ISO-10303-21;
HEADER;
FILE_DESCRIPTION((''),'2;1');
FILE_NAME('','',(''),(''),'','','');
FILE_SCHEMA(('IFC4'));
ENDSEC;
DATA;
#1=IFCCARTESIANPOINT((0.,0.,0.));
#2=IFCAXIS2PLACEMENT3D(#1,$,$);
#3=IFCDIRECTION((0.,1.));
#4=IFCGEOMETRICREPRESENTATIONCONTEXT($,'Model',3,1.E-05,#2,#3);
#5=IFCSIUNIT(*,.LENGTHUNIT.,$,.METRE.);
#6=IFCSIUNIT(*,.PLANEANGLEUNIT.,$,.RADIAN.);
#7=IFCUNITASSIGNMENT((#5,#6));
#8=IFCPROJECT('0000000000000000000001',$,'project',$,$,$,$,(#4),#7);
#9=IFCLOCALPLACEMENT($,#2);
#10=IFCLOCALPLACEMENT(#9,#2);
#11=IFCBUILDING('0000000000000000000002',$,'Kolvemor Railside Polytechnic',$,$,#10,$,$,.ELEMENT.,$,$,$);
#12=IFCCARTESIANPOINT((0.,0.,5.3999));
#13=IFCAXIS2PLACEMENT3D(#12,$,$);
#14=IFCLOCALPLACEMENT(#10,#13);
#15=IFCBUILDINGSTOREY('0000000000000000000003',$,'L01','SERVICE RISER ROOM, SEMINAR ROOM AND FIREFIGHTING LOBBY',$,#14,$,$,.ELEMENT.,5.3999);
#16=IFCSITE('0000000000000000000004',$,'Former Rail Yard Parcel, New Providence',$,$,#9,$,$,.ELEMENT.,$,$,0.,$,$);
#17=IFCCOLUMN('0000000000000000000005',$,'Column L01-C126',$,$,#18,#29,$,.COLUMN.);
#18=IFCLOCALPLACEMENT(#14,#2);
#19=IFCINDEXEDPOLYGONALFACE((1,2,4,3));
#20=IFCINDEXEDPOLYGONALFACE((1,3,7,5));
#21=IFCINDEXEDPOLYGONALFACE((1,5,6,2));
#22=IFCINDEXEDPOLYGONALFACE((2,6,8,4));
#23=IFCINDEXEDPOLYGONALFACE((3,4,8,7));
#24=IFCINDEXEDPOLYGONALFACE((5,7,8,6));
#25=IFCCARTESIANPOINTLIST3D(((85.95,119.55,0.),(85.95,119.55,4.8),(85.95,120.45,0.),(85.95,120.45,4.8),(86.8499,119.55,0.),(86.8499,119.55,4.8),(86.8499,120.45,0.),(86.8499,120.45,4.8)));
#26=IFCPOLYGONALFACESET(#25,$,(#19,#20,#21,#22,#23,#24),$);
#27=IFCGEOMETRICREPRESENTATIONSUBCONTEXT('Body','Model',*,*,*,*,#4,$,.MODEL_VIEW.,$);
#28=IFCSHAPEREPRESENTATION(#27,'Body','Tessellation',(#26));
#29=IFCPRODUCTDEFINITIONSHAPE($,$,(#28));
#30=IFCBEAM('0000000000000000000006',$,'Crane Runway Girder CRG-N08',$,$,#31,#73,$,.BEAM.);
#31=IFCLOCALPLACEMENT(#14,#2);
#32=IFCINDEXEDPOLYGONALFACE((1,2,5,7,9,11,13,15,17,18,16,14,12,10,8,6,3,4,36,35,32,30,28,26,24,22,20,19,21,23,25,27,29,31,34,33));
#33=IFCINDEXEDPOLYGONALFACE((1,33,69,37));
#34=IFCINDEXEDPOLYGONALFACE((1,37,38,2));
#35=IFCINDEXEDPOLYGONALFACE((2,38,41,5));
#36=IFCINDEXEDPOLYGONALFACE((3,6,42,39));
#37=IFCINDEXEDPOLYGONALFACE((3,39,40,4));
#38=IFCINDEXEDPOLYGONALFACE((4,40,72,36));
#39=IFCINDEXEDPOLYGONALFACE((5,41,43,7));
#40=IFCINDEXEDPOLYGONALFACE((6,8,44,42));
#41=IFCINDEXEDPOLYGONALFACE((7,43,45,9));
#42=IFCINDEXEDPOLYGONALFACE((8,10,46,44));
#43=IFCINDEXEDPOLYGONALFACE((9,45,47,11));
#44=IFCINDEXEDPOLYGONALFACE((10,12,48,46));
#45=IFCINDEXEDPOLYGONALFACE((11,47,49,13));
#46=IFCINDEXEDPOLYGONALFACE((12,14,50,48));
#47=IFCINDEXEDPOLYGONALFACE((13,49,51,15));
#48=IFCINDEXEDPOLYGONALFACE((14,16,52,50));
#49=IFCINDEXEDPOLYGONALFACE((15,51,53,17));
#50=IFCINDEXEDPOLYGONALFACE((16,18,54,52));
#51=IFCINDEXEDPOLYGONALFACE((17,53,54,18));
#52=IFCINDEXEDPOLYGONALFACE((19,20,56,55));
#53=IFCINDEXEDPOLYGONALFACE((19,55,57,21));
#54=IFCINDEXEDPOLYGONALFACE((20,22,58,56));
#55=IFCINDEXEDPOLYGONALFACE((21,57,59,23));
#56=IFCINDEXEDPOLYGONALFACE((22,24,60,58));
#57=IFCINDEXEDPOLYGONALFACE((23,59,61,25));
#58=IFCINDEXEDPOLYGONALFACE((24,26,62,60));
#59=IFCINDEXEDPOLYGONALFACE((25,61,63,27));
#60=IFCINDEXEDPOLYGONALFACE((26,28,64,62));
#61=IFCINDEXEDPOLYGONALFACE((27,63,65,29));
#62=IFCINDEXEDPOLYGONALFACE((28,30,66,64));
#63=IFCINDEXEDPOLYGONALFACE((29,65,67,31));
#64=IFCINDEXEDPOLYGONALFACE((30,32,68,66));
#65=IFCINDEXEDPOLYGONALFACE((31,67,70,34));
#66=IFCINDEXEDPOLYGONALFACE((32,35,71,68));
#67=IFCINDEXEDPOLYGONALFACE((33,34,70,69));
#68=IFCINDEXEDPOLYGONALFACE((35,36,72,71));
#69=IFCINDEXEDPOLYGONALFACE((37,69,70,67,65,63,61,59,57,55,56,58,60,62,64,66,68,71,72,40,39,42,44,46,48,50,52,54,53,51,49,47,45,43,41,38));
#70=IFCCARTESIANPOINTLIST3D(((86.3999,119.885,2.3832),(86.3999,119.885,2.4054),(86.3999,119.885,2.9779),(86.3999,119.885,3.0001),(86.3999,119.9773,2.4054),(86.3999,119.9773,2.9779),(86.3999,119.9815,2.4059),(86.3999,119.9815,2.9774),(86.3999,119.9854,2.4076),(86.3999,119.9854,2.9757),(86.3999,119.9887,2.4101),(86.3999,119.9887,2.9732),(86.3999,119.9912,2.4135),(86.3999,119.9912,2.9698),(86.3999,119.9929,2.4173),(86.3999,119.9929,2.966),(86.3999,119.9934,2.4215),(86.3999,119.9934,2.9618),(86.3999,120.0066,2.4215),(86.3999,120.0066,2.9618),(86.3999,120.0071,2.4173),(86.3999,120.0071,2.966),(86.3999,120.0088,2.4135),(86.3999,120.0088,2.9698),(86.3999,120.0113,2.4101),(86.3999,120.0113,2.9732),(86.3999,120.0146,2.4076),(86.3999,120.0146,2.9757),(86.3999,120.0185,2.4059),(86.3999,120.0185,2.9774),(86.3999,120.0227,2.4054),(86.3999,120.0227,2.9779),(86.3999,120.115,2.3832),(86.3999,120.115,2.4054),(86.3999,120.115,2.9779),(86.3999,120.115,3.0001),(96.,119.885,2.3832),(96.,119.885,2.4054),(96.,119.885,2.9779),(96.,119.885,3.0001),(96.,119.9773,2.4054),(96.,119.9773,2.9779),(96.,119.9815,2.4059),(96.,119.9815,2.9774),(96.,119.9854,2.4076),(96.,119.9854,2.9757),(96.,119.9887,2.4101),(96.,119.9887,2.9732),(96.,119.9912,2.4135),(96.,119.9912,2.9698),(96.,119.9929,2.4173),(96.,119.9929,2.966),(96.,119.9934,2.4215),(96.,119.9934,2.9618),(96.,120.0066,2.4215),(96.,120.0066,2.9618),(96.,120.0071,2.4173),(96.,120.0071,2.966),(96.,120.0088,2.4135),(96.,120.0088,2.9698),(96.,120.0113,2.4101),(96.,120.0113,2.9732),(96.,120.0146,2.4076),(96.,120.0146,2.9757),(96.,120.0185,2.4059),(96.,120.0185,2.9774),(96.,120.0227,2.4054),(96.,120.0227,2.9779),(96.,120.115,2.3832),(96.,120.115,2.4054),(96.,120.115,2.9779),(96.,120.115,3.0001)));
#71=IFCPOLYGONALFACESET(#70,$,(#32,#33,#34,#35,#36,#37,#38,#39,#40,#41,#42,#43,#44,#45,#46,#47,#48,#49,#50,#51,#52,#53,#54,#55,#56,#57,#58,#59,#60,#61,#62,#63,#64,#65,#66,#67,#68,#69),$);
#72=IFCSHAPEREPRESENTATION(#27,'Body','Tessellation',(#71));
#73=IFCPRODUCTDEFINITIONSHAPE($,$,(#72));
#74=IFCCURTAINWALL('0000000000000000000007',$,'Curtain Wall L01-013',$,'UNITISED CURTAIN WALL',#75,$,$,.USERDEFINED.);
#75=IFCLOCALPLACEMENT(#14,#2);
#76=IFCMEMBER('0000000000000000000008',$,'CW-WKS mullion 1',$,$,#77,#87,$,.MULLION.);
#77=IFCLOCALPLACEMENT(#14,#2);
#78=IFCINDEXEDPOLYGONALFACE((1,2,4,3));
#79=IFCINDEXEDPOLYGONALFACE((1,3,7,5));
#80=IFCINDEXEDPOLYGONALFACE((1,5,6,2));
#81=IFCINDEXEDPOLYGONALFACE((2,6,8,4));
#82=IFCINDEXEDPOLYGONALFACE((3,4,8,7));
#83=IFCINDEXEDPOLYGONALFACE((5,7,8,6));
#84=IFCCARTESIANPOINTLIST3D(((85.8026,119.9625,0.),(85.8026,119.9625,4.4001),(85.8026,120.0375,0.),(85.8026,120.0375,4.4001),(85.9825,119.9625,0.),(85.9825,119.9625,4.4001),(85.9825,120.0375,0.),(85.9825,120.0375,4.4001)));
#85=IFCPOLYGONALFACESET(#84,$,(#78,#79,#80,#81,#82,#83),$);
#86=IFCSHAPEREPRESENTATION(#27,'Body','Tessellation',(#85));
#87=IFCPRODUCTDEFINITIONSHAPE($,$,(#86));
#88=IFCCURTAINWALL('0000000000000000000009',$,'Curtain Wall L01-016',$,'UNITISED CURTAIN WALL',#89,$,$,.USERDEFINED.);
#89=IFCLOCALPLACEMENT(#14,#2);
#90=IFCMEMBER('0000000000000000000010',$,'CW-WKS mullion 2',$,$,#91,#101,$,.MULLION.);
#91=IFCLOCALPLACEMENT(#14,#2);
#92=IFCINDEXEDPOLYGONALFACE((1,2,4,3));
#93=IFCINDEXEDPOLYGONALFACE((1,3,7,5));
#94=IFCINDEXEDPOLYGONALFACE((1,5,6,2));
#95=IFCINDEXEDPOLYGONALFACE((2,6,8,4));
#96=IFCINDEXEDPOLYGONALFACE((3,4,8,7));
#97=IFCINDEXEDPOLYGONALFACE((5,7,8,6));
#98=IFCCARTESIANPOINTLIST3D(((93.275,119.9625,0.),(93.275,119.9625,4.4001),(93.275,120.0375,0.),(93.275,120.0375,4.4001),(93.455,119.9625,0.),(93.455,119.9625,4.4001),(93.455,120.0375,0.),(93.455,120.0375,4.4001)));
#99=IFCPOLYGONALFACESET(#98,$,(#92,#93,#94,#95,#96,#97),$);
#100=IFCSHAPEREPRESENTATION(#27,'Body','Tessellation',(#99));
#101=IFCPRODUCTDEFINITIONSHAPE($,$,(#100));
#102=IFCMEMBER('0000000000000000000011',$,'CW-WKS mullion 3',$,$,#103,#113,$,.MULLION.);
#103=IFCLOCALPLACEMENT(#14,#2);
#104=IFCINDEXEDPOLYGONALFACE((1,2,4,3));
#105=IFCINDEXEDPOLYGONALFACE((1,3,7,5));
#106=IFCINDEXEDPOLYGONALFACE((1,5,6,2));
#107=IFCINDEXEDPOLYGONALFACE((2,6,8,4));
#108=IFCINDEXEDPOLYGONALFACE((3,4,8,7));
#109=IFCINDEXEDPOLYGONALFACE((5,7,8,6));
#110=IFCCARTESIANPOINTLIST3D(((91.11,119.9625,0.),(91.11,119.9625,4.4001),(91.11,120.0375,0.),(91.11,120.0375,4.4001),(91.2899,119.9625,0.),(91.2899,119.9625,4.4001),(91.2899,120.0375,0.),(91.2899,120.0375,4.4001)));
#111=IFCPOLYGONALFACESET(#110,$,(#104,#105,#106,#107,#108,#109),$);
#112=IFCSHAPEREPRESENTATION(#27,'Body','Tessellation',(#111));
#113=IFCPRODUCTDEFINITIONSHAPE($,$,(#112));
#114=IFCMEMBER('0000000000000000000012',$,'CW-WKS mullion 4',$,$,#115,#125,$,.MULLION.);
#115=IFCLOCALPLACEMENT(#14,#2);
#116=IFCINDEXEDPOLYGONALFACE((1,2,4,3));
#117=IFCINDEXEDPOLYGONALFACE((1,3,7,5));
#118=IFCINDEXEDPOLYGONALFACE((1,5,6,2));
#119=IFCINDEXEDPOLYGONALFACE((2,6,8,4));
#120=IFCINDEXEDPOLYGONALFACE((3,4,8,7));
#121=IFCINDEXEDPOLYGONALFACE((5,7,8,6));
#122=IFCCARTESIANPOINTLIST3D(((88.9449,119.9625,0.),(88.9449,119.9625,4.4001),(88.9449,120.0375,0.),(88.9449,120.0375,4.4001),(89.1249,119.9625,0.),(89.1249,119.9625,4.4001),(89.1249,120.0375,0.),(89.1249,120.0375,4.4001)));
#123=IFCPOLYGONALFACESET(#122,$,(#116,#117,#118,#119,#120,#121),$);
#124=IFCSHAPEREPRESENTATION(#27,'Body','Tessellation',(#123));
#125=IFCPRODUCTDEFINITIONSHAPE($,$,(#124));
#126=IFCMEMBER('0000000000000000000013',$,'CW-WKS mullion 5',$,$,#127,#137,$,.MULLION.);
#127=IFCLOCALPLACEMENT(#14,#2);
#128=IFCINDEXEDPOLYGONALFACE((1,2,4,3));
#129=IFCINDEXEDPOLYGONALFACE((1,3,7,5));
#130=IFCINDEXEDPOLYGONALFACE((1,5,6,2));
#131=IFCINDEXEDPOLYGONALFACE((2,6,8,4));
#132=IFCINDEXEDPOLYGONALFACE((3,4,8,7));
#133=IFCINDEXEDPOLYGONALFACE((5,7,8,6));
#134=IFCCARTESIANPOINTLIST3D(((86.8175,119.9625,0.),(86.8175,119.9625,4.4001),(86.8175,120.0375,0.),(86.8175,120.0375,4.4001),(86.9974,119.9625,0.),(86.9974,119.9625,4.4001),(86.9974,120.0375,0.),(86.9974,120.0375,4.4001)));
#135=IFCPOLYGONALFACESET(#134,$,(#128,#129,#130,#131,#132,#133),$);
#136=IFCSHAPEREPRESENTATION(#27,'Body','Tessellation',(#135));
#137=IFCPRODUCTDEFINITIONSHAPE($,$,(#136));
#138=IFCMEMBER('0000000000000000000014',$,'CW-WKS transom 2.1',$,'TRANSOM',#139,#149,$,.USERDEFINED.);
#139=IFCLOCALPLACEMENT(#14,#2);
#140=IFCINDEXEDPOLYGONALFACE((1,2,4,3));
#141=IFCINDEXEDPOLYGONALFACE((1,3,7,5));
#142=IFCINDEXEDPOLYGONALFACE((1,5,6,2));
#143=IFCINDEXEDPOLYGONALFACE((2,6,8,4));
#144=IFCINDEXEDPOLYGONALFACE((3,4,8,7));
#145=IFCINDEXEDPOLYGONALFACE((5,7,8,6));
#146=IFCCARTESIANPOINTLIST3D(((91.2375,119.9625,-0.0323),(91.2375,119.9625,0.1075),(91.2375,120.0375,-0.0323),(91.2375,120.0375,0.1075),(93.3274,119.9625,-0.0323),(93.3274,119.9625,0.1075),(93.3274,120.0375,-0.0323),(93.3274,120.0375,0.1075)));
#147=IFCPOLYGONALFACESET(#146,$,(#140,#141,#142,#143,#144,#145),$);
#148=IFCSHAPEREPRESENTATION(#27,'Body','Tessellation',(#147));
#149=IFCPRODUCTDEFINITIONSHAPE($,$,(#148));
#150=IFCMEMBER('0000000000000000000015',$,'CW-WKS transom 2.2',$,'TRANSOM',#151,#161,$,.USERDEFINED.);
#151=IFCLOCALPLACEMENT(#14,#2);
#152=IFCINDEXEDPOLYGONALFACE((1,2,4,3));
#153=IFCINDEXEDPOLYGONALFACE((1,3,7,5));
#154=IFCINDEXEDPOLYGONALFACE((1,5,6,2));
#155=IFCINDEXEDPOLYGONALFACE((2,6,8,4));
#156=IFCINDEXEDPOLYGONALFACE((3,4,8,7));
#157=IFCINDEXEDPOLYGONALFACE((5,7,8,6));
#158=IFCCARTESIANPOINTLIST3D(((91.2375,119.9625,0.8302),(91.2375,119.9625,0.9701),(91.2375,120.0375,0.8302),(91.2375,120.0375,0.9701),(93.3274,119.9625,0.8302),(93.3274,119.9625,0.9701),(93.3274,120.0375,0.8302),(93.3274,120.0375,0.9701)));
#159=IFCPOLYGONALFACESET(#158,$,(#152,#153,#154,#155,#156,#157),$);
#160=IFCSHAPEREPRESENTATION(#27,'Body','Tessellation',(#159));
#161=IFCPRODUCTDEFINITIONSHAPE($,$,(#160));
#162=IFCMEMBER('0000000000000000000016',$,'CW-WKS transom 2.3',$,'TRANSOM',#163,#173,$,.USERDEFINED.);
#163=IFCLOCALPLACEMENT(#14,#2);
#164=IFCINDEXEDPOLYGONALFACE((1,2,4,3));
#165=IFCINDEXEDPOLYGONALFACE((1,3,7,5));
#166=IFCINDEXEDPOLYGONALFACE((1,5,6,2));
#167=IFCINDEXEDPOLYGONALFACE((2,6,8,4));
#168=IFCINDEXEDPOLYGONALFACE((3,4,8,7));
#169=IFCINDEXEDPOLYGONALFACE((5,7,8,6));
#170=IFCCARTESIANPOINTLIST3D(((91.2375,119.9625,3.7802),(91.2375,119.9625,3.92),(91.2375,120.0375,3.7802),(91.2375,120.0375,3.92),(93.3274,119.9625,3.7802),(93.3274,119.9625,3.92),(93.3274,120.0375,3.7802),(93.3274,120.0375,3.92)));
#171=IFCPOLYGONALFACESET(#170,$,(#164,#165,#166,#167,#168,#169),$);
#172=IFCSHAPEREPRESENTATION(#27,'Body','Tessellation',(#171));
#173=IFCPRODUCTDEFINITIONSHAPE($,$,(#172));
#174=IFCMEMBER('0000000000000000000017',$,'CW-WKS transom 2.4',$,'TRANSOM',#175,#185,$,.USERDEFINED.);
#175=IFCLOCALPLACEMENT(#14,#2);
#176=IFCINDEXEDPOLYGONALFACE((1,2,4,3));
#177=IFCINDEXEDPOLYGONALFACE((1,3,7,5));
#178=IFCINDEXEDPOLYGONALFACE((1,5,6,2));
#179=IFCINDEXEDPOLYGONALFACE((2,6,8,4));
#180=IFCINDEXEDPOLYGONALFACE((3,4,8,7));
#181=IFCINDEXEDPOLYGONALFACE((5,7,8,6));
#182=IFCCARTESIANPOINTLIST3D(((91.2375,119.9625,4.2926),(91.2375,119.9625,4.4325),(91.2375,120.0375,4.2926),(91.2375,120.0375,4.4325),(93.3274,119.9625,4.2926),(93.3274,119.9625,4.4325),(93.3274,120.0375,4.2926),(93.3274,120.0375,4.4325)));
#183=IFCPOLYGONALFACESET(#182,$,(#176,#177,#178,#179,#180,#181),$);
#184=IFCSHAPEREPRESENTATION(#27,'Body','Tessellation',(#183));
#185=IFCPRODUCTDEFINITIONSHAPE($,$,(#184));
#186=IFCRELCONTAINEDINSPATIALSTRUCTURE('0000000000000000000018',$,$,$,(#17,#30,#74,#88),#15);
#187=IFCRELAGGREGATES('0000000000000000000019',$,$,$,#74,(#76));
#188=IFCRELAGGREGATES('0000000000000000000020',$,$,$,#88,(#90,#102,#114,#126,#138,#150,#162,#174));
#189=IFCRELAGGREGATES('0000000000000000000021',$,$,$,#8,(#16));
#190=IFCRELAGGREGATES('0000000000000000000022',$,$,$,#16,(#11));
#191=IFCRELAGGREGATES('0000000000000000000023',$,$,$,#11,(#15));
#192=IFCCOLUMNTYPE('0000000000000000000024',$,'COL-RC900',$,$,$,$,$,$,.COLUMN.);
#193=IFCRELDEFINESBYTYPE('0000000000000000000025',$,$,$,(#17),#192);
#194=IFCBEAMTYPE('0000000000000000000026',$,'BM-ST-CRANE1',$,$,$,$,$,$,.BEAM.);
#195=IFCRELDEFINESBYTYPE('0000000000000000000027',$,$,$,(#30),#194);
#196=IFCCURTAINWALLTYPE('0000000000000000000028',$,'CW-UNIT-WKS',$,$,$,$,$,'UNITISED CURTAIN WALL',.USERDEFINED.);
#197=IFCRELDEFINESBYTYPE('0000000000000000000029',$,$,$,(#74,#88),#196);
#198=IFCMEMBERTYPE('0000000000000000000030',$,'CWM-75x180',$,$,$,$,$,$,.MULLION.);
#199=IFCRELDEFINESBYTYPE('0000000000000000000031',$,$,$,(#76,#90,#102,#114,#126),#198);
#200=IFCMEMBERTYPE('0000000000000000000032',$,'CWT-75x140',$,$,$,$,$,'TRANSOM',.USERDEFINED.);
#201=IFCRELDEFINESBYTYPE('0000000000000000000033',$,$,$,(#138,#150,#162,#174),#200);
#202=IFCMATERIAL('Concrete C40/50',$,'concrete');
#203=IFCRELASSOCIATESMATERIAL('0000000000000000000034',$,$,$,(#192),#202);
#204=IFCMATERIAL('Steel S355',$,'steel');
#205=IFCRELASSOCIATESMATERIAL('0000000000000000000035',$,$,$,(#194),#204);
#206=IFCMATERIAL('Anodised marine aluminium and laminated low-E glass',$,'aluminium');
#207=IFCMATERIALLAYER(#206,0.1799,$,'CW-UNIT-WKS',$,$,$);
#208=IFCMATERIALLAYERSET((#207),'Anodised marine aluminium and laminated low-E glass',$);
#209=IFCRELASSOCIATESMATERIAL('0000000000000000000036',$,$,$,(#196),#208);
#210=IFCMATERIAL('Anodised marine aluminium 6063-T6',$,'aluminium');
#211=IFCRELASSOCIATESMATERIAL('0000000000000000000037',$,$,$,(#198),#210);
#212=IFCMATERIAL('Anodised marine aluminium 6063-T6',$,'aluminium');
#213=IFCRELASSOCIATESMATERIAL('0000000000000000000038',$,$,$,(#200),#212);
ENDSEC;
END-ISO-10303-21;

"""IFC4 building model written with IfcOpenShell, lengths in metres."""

from ifc_helpers import new_model, si_unit, direction, frame, origin, origin_2d, place, context, subcontext, project, spatial, rectangle, i_section, extrude, material, layer, layer_set, material_profile, profile_set, type_object, element, aggregate, save


model = new_model("IFC4")

# Units and contexts
model_context = context("Model", 3, precision=1e-05, world=origin(), true_north=direction((0.0, 1.0)))
body_context = subcontext(model_context, "Body", "Model", "MODEL_VIEW")
ifc_project = project(units=[si_unit("LENGTHUNIT", "METRE"), si_unit("PLANEANGLEUNIT", "RADIAN")], contexts=[model_context])

# Site, building, storey
site_placement = place(None, origin())
site = spatial("IfcSite", under=ifc_project, at=site_placement, Name="Former Rail Yard Parcel, New Providence", CompositionType="ELEMENT", RefElevation=0.0)
building_placement = place(site_placement, origin())
building = spatial("IfcBuilding", under=site, at=building_placement, Name="Kolvemor Railside Polytechnic", CompositionType="ELEMENT")
storey_placement = place(building_placement, frame((0.0, 0.0, 5.3999)))
storey = spatial("IfcBuildingStorey", under=building, at=storey_placement, Name="L01", Description="SERVICE RISER ROOM, SEMINAR ROOM AND FIREFIGHTING LOBBY", CompositionType="ELEMENT", Elevation=5.3999)

# Column
ifc_material_1 = material(Name="Concrete C40/50", Category="concrete")
ifc_material_profile_1 = material_profile(ifc_material_1, rectangle(XDim=0.8999, YDim=0.8999, at=origin_2d()), Name="RC900x900")
ifc_profile_set_1 = profile_set([ifc_material_profile_1], Name="Concrete C40/50")
column_type = type_object("IfcColumnType", Name="COL-RC900", PredefinedType="COLUMN", material=ifc_profile_set_1)
column_placement = place(storey_placement, frame((86.3999, 120.0, 0.0), z_axis=(0.0, 0.0, 1.0), x_axis=(1.0, 0.0, 0.0)))
element("IfcColumn", 1, at=column_placement, inside=storey, type_object=column_type, Name="Column L01-C126", PredefinedType="COLUMN", context=body_context, shape_type="SweptSolid", body=[
    extrude(rectangle(XDim=0.8999, YDim=0.8999, at=origin_2d()), origin(), (0.0, 0.0, 1.0), 4.8),
])

# Beam
ifc_material_2 = material(Name="Steel S355", Category="steel")
ifc_material_profile_2 = material_profile(ifc_material_2, i_section(OverallWidth=0.23, OverallDepth=0.6169, WebThickness=0.0132, FlangeThickness=0.0222, FilletRadius=0.0161, at=origin_2d()), Name="W610x140")
ifc_profile_set_2 = profile_set([ifc_material_profile_2], Name="Steel S355")
beam_type = type_object("IfcBeamType", Name="BM-ST-CRANE1", PredefinedType="BEAM", material=ifc_profile_set_2)
beam_placement = place(storey_placement, frame((86.3999, 120.0, 2.6917), z_axis=(1.0, 0.0, 0.0), x_axis=(0.0, 1.0, 0.0)))
element("IfcBeam", 2, at=beam_placement, inside=storey, type_object=beam_type, Name="Crane Runway Girder CRG-N08", PredefinedType="BEAM", context=body_context, shape_type="SweptSolid", body=[
    extrude(i_section(OverallWidth=0.23, OverallDepth=0.6169, WebThickness=0.0132, FlangeThickness=0.0222, FilletRadius=0.0161, at=origin_2d()), origin(), (0.0, 0.0, 1.0), 9.6001),
])

# Curtain wall, member
ifc_material_3 = material(Name="Anodised marine aluminium and laminated low-E glass", Category="aluminium")
ifc_layer_1 = layer(ifc_material_3, 0.1799, Name="CW-UNIT-WKS")
ifc_layer_set_1 = layer_set([ifc_layer_1], Name="Anodised marine aluminium and laminated low-E glass")
curtain_wall_type = type_object("IfcCurtainWallType", Name="CW-UNIT-WKS", ElementType="UNITISED CURTAIN WALL", PredefinedType="USERDEFINED", material=ifc_layer_set_1)
curtain_wall_1_placement = place(storey_placement, origin())
curtain_wall_1 = element("IfcCurtainWall", 3, at=curtain_wall_1_placement, inside=storey, type_object=curtain_wall_type, Name="Curtain Wall L01-013", ObjectType="UNITISED CURTAIN WALL", PredefinedType="USERDEFINED")
ifc_material_4 = material(Name="Anodised marine aluminium 6063-T6", Category="aluminium")
ifc_material_profile_3 = material_profile(ifc_material_4, rectangle(XDim=0.075, YDim=0.1799, at=origin_2d()), Name="CW-MUL-75x180")
ifc_profile_set_3 = profile_set([ifc_material_profile_3], Name="Anodised marine aluminium 6063-T6")
member_type_1 = type_object("IfcMemberType", Name="CWM-75x180", PredefinedType="MULLION", material=ifc_profile_set_3)
member_1_placement = place(storey_placement, frame((85.8926, 120.0, 0.0), z_axis=(0.0, 0.0, 1.0), x_axis=(0.0, -1.0, 0.0)))
member_1 = element("IfcMember", 4, at=member_1_placement, type_object=member_type_1, Name="CW-WKS mullion 1", PredefinedType="MULLION", context=body_context, shape_type="SweptSolid", body=[
    extrude(rectangle(XDim=0.075, YDim=0.1799, at=origin_2d()), origin(), (0.0, 0.0, 1.0), 4.4001),
])
aggregate(curtain_wall_1, [member_1])

# Curtain wall, members
curtain_wall_2_placement = place(storey_placement, origin())
curtain_wall_2 = element("IfcCurtainWall", 5, at=curtain_wall_2_placement, inside=storey, type_object=curtain_wall_type, Name="Curtain Wall L01-016", ObjectType="UNITISED CURTAIN WALL", PredefinedType="USERDEFINED")
member_2_placement = place(storey_placement, frame((93.365, 120.0, 0.0), z_axis=(0.0, 0.0, 1.0), x_axis=(0.0, -1.0, 0.0)))
member_2 = element("IfcMember", 6, at=member_2_placement, type_object=member_type_1, Name="CW-WKS mullion 2", PredefinedType="MULLION", context=body_context, shape_type="SweptSolid", body=[
    extrude(rectangle(XDim=0.075, YDim=0.1799, at=origin_2d()), origin(), (0.0, 0.0, 1.0), 4.4001),
])
member_3_placement = place(storey_placement, frame((91.2, 120.0, 0.0), z_axis=(0.0, 0.0, 1.0), x_axis=(0.0, -1.0, 0.0)))
member_3 = element("IfcMember", 7, at=member_3_placement, type_object=member_type_1, Name="CW-WKS mullion 3", PredefinedType="MULLION", context=body_context, shape_type="SweptSolid", body=[
    extrude(rectangle(XDim=0.075, YDim=0.1799, at=origin_2d()), origin(), (0.0, 0.0, 1.0), 4.4001),
])
member_4_placement = place(storey_placement, frame((89.0349, 120.0, 0.0), z_axis=(0.0, 0.0, 1.0), x_axis=(0.0, -1.0, 0.0)))
member_4 = element("IfcMember", 8, at=member_4_placement, type_object=member_type_1, Name="CW-WKS mullion 4", PredefinedType="MULLION", context=body_context, shape_type="SweptSolid", body=[
    extrude(rectangle(XDim=0.075, YDim=0.1799, at=origin_2d()), origin(), (0.0, 0.0, 1.0), 4.4001),
])
member_5_placement = place(storey_placement, frame((86.9075, 120.0, 0.0), z_axis=(0.0, 0.0, 1.0), x_axis=(0.0, -1.0, 0.0)))
member_5 = element("IfcMember", 9, at=member_5_placement, type_object=member_type_1, Name="CW-WKS mullion 5", PredefinedType="MULLION", context=body_context, shape_type="SweptSolid", body=[
    extrude(rectangle(XDim=0.075, YDim=0.1799, at=origin_2d()), origin(), (0.0, 0.0, 1.0), 4.4001),
])
ifc_material_5 = material(Name="Anodised marine aluminium 6063-T6", Category="aluminium")
ifc_material_profile_4 = material_profile(ifc_material_5, rectangle(XDim=0.075, YDim=0.1399, at=origin_2d()), Name="CW-TRN-75x140")
ifc_profile_set_4 = profile_set([ifc_material_profile_4], Name="Anodised marine aluminium 6063-T6")
member_type_2 = type_object("IfcMemberType", Name="CWT-75x140", ElementType="TRANSOM", PredefinedType="USERDEFINED", material=ifc_profile_set_4)
member_6_placement = place(storey_placement, frame((93.3274, 120.0, 0.0376), z_axis=(-1.0, 0.0, 0.0), x_axis=(0.0, -1.0, 0.0)))
member_6 = element("IfcMember", 10, at=member_6_placement, type_object=member_type_2, Name="CW-WKS transom 2.1", ObjectType="TRANSOM", PredefinedType="USERDEFINED", context=body_context, shape_type="SweptSolid", body=[
    extrude(rectangle(XDim=0.075, YDim=0.1399, at=origin_2d()), origin(), (0.0, 0.0, 1.0), 2.0898),
])
member_7_placement = place(storey_placement, frame((93.3274, 120.0, 0.9001), z_axis=(-1.0, 0.0, 0.0), x_axis=(0.0, -1.0, 0.0)))
member_7 = element("IfcMember", 11, at=member_7_placement, type_object=member_type_2, Name="CW-WKS transom 2.2", ObjectType="TRANSOM", PredefinedType="USERDEFINED", context=body_context, shape_type="SweptSolid", body=[
    extrude(rectangle(XDim=0.075, YDim=0.1399, at=origin_2d()), origin(), (0.0, 0.0, 1.0), 2.0898),
])
member_8_placement = place(storey_placement, frame((93.3274, 120.0, 3.8501), z_axis=(-1.0, 0.0, 0.0), x_axis=(0.0, -1.0, 0.0)))
member_8 = element("IfcMember", 12, at=member_8_placement, type_object=member_type_2, Name="CW-WKS transom 2.3", ObjectType="TRANSOM", PredefinedType="USERDEFINED", context=body_context, shape_type="SweptSolid", body=[
    extrude(rectangle(XDim=0.075, YDim=0.1399, at=origin_2d()), origin(), (0.0, 0.0, 1.0), 2.0898),
])
member_9_placement = place(storey_placement, frame((93.3274, 120.0, 4.3625), z_axis=(-1.0, 0.0, 0.0), x_axis=(0.0, -1.0, 0.0)))
member_9 = element("IfcMember", 13, at=member_9_placement, type_object=member_type_2, Name="CW-WKS transom 2.4", ObjectType="TRANSOM", PredefinedType="USERDEFINED", context=body_context, shape_type="SweptSolid", body=[
    extrude(rectangle(XDim=0.075, YDim=0.1399, at=origin_2d()), origin(), (0.0, 0.0, 1.0), 2.0898),
])
aggregate(curtain_wall_2, [member_2, member_3, member_4, member_5, member_6, member_7, member_8, member_9])

save(model, "model.ifc")
